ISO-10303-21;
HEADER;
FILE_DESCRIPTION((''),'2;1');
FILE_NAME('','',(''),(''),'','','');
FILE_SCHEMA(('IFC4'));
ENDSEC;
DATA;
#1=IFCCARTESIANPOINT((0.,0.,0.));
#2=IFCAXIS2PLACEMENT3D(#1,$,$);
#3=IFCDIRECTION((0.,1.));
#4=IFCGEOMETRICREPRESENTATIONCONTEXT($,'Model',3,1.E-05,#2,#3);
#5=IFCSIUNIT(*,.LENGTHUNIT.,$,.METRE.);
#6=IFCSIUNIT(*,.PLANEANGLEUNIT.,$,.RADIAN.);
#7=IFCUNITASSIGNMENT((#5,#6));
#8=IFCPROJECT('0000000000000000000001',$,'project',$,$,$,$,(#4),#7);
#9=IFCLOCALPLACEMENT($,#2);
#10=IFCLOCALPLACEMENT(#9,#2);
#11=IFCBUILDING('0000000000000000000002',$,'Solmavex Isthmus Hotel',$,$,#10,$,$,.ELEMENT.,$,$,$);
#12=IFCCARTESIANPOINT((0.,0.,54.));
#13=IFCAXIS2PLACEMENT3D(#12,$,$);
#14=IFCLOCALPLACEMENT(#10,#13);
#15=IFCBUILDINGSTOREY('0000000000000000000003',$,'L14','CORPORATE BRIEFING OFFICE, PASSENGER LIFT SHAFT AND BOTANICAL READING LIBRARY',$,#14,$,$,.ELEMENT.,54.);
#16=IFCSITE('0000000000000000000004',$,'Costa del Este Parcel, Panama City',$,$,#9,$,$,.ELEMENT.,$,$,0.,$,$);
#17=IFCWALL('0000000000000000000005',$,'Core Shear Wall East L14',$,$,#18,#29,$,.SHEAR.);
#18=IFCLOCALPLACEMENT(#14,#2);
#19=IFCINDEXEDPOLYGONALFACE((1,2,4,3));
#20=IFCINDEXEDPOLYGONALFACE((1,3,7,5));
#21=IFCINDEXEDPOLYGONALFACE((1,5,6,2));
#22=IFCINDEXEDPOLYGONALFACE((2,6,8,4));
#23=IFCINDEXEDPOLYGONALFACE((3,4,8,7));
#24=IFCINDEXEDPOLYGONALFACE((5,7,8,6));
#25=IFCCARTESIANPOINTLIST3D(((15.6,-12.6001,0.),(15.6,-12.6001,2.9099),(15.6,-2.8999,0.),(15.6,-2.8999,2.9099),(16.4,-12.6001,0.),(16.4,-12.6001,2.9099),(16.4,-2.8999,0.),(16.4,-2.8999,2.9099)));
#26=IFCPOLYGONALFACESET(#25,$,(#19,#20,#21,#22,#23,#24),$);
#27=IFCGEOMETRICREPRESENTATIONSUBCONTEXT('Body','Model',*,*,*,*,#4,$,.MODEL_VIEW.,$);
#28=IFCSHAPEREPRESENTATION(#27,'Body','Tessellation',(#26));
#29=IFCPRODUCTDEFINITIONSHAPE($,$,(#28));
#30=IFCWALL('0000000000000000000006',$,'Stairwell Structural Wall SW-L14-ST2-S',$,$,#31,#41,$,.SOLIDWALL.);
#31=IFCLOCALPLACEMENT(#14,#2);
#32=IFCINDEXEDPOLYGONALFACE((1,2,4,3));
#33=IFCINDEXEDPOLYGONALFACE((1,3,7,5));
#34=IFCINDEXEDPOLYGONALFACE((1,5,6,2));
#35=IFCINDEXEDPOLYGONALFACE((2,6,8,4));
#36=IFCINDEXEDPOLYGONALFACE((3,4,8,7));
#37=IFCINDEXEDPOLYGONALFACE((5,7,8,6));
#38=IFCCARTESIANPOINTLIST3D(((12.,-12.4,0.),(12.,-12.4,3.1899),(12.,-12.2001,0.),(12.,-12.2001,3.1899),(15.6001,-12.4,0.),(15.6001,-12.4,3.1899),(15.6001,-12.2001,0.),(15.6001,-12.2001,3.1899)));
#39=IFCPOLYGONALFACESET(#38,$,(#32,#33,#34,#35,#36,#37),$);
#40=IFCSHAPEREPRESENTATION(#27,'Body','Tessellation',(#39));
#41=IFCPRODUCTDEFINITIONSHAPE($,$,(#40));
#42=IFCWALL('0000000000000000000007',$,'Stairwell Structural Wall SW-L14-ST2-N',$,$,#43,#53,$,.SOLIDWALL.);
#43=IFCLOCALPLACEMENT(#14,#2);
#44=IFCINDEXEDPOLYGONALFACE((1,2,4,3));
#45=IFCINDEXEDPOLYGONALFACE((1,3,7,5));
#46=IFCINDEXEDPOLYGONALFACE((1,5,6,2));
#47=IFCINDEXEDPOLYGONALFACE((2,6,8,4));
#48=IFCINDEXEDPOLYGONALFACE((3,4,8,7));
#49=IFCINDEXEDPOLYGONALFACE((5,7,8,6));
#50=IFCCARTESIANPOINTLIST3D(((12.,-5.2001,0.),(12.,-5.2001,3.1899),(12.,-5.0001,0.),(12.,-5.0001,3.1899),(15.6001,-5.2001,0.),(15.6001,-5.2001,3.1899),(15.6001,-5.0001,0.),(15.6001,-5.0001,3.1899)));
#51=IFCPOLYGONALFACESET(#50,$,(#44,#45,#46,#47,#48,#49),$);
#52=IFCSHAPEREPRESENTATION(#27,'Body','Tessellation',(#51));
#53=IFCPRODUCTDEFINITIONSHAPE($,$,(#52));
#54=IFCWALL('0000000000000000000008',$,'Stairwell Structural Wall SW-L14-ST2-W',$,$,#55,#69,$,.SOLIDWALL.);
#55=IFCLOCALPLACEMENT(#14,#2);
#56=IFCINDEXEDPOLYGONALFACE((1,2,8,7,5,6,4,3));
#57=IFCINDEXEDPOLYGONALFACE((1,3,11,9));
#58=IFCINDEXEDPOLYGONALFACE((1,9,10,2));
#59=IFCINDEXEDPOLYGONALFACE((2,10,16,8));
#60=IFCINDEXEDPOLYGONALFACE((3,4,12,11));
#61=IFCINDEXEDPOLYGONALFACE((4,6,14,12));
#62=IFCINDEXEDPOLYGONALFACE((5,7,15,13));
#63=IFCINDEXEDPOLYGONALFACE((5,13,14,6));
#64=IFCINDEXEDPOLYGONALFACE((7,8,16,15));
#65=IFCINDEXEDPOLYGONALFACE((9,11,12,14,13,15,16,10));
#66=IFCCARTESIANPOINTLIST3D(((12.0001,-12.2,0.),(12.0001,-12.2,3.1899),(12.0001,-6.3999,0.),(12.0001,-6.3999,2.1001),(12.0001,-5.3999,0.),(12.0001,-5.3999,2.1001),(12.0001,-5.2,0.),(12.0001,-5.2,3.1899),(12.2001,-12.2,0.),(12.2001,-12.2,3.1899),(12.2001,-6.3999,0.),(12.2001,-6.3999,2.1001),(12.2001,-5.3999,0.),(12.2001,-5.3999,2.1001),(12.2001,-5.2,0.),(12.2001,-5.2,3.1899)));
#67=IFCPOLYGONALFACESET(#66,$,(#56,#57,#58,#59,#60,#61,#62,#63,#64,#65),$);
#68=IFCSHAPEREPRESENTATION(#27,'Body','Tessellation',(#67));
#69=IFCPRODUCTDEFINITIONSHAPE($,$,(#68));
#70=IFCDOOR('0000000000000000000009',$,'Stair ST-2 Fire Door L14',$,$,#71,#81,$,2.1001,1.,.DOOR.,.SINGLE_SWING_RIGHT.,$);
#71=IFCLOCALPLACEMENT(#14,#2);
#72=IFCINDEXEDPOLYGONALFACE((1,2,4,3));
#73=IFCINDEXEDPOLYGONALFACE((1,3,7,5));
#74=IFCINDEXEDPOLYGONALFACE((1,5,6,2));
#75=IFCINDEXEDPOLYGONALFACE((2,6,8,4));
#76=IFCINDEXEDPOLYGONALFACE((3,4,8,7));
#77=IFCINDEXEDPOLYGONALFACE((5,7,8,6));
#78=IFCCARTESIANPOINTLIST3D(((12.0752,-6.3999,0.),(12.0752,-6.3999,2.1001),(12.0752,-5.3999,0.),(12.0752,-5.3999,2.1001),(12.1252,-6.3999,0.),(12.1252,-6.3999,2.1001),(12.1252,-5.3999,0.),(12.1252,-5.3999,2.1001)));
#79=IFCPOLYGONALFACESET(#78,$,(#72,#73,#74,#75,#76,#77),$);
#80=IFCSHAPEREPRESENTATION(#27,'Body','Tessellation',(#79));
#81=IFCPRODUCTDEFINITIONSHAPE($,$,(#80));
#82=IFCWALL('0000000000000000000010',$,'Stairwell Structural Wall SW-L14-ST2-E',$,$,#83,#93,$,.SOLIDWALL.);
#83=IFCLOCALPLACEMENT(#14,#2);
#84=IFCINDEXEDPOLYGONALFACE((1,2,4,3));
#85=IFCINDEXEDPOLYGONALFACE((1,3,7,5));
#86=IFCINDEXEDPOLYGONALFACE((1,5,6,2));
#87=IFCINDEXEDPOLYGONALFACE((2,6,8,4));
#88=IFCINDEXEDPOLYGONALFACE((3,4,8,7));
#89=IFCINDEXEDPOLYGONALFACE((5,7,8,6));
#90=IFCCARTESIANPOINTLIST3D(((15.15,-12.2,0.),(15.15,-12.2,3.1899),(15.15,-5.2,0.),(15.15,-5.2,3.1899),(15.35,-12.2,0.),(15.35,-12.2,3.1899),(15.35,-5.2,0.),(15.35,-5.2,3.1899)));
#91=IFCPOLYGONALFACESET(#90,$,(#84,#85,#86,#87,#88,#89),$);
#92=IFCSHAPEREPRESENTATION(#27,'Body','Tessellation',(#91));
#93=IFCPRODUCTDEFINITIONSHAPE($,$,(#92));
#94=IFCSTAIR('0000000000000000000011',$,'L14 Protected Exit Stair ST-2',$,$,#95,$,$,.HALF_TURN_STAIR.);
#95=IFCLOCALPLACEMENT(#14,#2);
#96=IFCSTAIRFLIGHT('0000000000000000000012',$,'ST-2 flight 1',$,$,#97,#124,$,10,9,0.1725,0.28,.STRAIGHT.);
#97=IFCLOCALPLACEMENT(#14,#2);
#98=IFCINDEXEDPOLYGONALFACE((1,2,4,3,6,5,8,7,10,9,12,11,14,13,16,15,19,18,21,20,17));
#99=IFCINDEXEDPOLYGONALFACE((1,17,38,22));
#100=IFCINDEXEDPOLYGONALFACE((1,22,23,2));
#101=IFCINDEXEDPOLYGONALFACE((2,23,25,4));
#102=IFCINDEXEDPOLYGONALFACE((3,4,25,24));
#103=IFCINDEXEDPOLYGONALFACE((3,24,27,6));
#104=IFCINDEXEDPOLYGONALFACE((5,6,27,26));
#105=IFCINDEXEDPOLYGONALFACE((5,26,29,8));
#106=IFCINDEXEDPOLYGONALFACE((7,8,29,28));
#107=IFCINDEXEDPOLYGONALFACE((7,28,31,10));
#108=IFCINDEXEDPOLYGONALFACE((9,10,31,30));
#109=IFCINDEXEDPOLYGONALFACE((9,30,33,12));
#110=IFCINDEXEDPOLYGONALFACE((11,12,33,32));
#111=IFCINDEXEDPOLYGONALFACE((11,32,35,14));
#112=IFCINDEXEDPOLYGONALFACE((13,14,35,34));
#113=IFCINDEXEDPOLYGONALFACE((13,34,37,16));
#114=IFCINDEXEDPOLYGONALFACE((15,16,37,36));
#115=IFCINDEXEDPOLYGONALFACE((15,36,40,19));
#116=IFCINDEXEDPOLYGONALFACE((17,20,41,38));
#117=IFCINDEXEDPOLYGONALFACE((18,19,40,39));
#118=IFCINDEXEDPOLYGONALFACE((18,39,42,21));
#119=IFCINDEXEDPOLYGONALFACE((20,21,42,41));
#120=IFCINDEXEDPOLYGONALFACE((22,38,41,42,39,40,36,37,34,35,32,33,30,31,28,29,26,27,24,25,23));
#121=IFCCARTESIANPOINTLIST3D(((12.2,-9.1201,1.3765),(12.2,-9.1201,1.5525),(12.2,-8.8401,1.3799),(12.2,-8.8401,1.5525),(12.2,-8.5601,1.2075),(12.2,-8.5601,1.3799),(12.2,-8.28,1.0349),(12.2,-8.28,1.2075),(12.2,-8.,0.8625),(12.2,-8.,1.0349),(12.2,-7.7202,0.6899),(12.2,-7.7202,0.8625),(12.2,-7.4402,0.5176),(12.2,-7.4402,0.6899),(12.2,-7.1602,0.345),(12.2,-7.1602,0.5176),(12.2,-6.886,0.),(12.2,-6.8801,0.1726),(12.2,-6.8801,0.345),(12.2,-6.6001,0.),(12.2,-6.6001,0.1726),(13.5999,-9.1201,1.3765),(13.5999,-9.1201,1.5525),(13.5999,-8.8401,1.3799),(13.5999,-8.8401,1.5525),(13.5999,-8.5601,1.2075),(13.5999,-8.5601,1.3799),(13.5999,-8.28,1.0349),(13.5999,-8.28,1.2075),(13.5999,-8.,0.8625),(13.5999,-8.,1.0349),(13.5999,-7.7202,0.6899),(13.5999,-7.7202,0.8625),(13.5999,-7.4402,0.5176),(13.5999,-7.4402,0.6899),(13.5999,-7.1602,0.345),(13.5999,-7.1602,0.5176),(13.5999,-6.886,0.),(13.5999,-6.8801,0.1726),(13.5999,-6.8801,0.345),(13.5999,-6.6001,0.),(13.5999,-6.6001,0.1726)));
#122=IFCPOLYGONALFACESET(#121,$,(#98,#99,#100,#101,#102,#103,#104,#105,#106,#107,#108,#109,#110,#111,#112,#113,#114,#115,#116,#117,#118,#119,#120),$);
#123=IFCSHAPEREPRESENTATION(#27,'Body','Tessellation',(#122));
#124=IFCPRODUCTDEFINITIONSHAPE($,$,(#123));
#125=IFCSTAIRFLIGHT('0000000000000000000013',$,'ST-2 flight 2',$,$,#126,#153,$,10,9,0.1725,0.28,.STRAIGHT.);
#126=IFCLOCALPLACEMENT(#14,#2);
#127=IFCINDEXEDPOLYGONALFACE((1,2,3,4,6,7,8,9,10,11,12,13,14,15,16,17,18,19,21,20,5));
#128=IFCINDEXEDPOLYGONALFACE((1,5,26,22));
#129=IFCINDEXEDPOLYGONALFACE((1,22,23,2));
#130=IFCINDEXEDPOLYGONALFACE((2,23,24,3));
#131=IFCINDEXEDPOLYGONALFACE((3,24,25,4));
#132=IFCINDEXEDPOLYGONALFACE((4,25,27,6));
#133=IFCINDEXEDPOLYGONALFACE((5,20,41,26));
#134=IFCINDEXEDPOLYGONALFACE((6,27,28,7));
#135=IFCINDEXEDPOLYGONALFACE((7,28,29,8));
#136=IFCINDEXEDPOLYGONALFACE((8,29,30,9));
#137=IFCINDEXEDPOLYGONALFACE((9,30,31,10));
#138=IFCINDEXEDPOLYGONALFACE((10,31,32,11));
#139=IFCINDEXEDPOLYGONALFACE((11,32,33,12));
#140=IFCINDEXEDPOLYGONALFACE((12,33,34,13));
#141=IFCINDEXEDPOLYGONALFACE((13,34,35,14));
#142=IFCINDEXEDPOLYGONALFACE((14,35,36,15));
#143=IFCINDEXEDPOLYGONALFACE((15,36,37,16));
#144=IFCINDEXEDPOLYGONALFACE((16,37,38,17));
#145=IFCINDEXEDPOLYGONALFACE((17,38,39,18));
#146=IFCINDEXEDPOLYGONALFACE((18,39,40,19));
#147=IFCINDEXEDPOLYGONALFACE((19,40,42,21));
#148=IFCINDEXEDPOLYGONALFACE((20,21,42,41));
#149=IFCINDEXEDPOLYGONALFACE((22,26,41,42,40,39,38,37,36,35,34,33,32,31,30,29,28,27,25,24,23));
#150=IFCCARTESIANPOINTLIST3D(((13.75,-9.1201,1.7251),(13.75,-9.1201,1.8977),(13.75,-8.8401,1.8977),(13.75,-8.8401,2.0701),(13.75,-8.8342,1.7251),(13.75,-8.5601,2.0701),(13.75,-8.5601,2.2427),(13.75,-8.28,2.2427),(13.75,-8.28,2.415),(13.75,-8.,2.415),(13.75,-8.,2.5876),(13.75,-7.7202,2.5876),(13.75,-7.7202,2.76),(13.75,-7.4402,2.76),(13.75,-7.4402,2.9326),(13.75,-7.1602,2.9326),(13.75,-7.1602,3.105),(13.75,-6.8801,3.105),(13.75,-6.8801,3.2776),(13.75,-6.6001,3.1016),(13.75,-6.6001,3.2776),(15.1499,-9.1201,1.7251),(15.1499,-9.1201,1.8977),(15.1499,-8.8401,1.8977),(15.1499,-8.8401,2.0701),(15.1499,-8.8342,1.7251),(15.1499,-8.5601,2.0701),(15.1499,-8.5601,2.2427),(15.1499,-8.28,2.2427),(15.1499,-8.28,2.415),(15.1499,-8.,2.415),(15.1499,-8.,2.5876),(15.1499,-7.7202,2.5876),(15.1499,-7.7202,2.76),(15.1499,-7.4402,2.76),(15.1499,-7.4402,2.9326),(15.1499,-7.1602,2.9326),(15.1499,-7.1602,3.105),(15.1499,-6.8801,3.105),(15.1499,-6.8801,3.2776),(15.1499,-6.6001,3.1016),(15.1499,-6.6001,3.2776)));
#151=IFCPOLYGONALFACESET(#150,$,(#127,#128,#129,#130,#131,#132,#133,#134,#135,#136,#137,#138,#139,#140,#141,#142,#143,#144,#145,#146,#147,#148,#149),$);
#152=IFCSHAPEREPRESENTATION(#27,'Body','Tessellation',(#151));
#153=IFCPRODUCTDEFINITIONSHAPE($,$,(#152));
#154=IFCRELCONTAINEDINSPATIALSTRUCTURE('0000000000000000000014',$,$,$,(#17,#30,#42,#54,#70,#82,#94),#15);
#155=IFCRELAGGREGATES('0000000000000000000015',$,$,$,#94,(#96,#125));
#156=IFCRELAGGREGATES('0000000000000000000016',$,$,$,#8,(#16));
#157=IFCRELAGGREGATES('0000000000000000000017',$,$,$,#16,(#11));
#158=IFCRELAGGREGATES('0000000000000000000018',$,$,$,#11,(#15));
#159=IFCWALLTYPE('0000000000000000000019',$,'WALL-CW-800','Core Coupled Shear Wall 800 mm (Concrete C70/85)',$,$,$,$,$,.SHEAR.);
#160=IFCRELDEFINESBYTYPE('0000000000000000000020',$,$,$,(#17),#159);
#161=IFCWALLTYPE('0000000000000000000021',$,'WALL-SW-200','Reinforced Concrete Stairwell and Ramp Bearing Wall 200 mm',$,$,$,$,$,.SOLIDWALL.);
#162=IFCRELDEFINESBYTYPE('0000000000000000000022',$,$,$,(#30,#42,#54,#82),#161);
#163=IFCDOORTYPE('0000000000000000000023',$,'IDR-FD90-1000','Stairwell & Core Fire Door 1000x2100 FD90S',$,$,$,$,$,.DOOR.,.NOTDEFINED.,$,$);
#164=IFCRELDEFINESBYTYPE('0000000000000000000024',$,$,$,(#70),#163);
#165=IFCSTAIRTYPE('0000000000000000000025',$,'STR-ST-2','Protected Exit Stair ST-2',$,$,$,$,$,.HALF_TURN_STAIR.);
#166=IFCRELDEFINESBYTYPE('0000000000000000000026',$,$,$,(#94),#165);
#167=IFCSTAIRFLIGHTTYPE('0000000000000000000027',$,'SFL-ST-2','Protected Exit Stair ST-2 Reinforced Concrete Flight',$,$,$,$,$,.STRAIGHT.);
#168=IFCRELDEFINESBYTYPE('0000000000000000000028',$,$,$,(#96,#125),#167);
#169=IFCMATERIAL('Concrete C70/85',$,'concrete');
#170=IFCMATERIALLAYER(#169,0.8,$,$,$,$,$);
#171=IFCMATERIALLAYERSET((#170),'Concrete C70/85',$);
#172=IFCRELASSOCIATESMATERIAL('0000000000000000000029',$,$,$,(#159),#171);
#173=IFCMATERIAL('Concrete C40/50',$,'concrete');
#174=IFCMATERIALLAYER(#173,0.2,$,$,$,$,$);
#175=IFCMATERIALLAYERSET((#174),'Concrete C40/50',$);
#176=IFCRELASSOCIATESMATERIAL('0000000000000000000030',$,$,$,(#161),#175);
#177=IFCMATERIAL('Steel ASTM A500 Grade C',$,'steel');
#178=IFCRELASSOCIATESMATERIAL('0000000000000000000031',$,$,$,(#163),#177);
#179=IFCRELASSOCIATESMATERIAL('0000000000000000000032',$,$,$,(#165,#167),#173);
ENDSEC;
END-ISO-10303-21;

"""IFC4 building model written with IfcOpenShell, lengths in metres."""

from ifc_helpers import new_model, si_unit, direction, frame, frame_2d, origin, place, context, subcontext, project, spatial, polyline, rectangle, outline, extrude, material, layer, layer_set, type_object, element, fill, aggregate, save


model = new_model("IFC4")

# Units and contexts
model_context = context("Model", 3, precision=1e-05, world=origin(), true_north=direction((0.0, 1.0)))
body_context = subcontext(model_context, "Body", "Model", "MODEL_VIEW")
ifc_project = project(units=[si_unit("LENGTHUNIT", "METRE"), si_unit("PLANEANGLEUNIT", "RADIAN")], contexts=[model_context])

# Site, building, storey
site_placement = place(None, origin())
site = spatial("IfcSite", under=ifc_project, at=site_placement, Name="Costa del Este Parcel, Panama City", CompositionType="ELEMENT", RefElevation=0.0)
building_placement = place(site_placement, origin())
building = spatial("IfcBuilding", under=site, at=building_placement, Name="Solmavex Isthmus Hotel", CompositionType="ELEMENT")
storey_placement = place(building_placement, frame((0.0, 0.0, 54.0)))
storey = spatial("IfcBuildingStorey", under=building, at=storey_placement, Name="L14", Description="CORPORATE BRIEFING OFFICE, PASSENGER LIFT SHAFT AND BOTANICAL READING LIBRARY", CompositionType="ELEMENT", Elevation=54.0)

# Shared definitions
ifc_material_1 = material(Name="Concrete C70/85", Category="concrete")

# Shared definitions
ifc_material_2 = material(Name="Concrete C40/50", Category="concrete")
ifc_material_3 = material(Name="Steel ASTM A500 Grade C", Category="steel")

# Walls
ifc_layer_1 = layer(ifc_material_1, 0.8)
ifc_layer_set_1 = layer_set([ifc_layer_1], Name="Concrete C70/85")
wall_type_1 = type_object("IfcWallType", Name="WALL-CW-800", Description="Core Coupled Shear Wall 800 mm (Concrete C70/85)", PredefinedType="SHEAR", material=ifc_layer_set_1)
wall_1_placement = place(storey_placement, frame((16.0, -12.6001, 0.0), z_axis=(0.0, 0.0, 1.0), x_axis=(0.0, 1.0, 0.0)))
element("IfcWall", 1, at=wall_1_placement, inside=storey, type_object=wall_type_1, Name="Core Shear Wall East L14", PredefinedType="SHEAR", context=body_context, shape_type="SweptSolid", body=[
    extrude(rectangle(XDim=9.7002, YDim=0.8, at=frame_2d((4.8501, 0.0))), origin(), (0.0, 0.0, 1.0), 2.9099),
])
ifc_layer_2 = layer(ifc_material_2, 0.2)
ifc_layer_set_2 = layer_set([ifc_layer_2], Name="Concrete C40/50")
wall_type_2 = type_object("IfcWallType", Name="WALL-SW-200", Description="Reinforced Concrete Stairwell and Ramp Bearing Wall 200 mm", PredefinedType="SOLIDWALL", material=ifc_layer_set_2)
for number, where, z_axis, x_axis, name in (
    (2, (12.0, -12.3, 0.0), (0.0, 0.0, 1.0), (1.0, 0.0, 0.0), "Stairwell Structural Wall SW-L14-ST2-S"),
    (3, (12.0, -5.1001, 0.0), (0.0, 0.0, 1.0), (1.0, 0.0, 0.0), "Stairwell Structural Wall SW-L14-ST2-N"),
):
    element("IfcWall", number, at=place(storey_placement, frame(where, z_axis=z_axis, x_axis=x_axis)), inside=storey, type_object=wall_type_2, Name=name, PredefinedType="SOLIDWALL", context=body_context, shape_type="SweptSolid", body=[
        extrude(rectangle(XDim=3.6001, YDim=0.2, at=frame_2d((1.8, 0.0))), origin(), (0.0, 0.0, 1.0), 3.1899),
    ])

# Wall, opening, door
wall_2_placement = place(storey_placement, frame((12.1001, -12.2, 0.0), z_axis=(0.0, 0.0, 1.0), x_axis=(0.0, 1.0, 0.0)))
wall_2 = element("IfcWall", 4, at=wall_2_placement, inside=storey, type_object=wall_type_2, Name="Stairwell Structural Wall SW-L14-ST2-W", PredefinedType="SOLIDWALL", context=body_context, shape_type="SweptSolid", body=[
    extrude(rectangle(XDim=7.0, YDim=0.2, at=frame_2d((3.5, 0.0))), origin(), (0.0, 0.0, 1.0), 3.1899),
])
opening_1_placement = place(wall_2_placement, frame((5.8, 0.0, 0.0)))
opening_1 = element("IfcOpeningElement", 5, at=opening_1_placement, cuts=wall_2, PredefinedType="OPENING", context=body_context, shape_type="SweptSolid", body=[
    extrude(rectangle(XDim=1.0, YDim=2.1001, at=frame_2d((0.5, 1.05))), frame((0.0, 0.1099, 0.0), z_axis=(0.0, -1.0, 0.0), x_axis=(1.0, 0.0, 0.0)), (0.0, 0.0, 1.0), 0.22),
])
door_type_1 = type_object("IfcDoorType", Name="IDR-FD90-1000", Description="Stairwell & Core Fire Door 1000x2100 FD90S", OperationType="NOTDEFINED", PredefinedType="DOOR", material=ifc_material_3)
door_1_placement = place(opening_1_placement, origin())
door_1 = element("IfcDoor", 6, at=door_1_placement, inside=storey, type_object=door_type_1, Name="Stair ST-2 Fire Door L14", OperationType="SINGLE_SWING_RIGHT", OverallHeight=2.1001, OverallWidth=1.0, PredefinedType="DOOR", context=body_context, shape_type="SweptSolid", body=[
    extrude(rectangle(XDim=1.0, YDim=2.1001, at=frame_2d((0.5, 1.05))), frame((0.0, 0.0249, 0.0), z_axis=(0.0, -1.0, 0.0), x_axis=(1.0, 0.0, 0.0)), (0.0, 0.0, 1.0), 0.05),
])
fill(opening_1, door_1)

# Wall
wall_3_placement = place(storey_placement, frame((15.25, -12.2, 0.0), z_axis=(0.0, 0.0, 1.0), x_axis=(0.0, 1.0, 0.0)))
element("IfcWall", 7, at=wall_3_placement, inside=storey, type_object=wall_type_2, Name="Stairwell Structural Wall SW-L14-ST2-E", PredefinedType="SOLIDWALL", context=body_context, shape_type="SweptSolid", body=[
    extrude(rectangle(XDim=7.0, YDim=0.2, at=frame_2d((3.5, 0.0))), origin(), (0.0, 0.0, 1.0), 3.1899),
])

# Stair, stair flights
stair_type = type_object("IfcStairType", Name="STR-ST-2", Description="Protected Exit Stair ST-2", PredefinedType="HALF_TURN_STAIR", material=ifc_material_2)
stair_placement = place(storey_placement, origin())
stair = element("IfcStair", 8, at=stair_placement, inside=storey, type_object=stair_type, Name="L14 Protected Exit Stair ST-2", PredefinedType="HALF_TURN_STAIR")
stair_flight_type = type_object("IfcStairFlightType", Name="SFL-ST-2", Description="Protected Exit Stair ST-2 Reinforced Concrete Flight", PredefinedType="STRAIGHT", material=ifc_material_2)
stair_flight_1_placement = place(storey_placement, frame((12.8999, -6.6001, 0.0), z_axis=(0.0, 0.0, 1.0), x_axis=(0.0, -1.0, 0.0)))
stair_flight_1 = element("IfcStairFlight", 9, at=stair_flight_1_placement, type_object=stair_flight_type, Name="ST-2 flight 1", NumberOfRisers=10, NumberOfTreads=9, PredefinedType="STRAIGHT", RiserHeight=0.1725, TreadLength=0.28, context=body_context, shape_type="SweptSolid", body=[
    extrude(outline(polyline([(0.0, 0.0), (0.0, 0.1726), (0.28, 0.1726), (0.28, 0.345), (0.5601, 0.345), (0.5601, 0.5176), (0.8401, 0.5176), (0.8401, 0.6899), (1.1201, 0.6899), (1.1201, 0.8625), (1.3999, 0.8625), (1.3999, 1.0349), (1.6799, 1.0349), (1.6799, 1.2075), (1.96, 1.2075), (1.96, 1.3799), (2.24, 1.3799), (2.24, 1.5525), (2.52, 1.5525), (2.52, 1.7251), (2.52, 1.3765), (0.2859, 0.0), (0.0, 0.0)])), frame((0.0, 0.7, 0.0), z_axis=(0.0, -1.0, 0.0), x_axis=(1.0, 0.0, 0.0)), (0.0, 0.0, 1.0), 1.3999),
])
stair_flight_2_placement = place(storey_placement, frame((14.45, -9.1201, 1.7251), z_axis=(0.0, 0.0, 1.0), x_axis=(0.0, 1.0, 0.0)))
stair_flight_2 = element("IfcStairFlight", 10, at=stair_flight_2_placement, type_object=stair_flight_type, Name="ST-2 flight 2", NumberOfRisers=10, NumberOfTreads=9, PredefinedType="STRAIGHT", RiserHeight=0.1725, TreadLength=0.28, context=body_context, shape_type="SweptSolid", body=[
    extrude(outline(polyline([(0.0, 0.0), (0.0, 0.1726), (0.28, 0.1726), (0.28, 0.345), (0.5601, 0.345), (0.5601, 0.5176), (0.8401, 0.5176), (0.8401, 0.6899), (1.1201, 0.6899), (1.1201, 0.8625), (1.3999, 0.8625), (1.3999, 1.0349), (1.6799, 1.0349), (1.6799, 1.2075), (1.96, 1.2075), (1.96, 1.3799), (2.24, 1.3799), (2.24, 1.5525), (2.52, 1.5525), (2.52, 1.7251), (2.52, 1.3765), (0.2859, 0.0), (0.0, 0.0)])), frame((0.0, 0.7, 0.0), z_axis=(0.0, -1.0, 0.0), x_axis=(1.0, 0.0, 0.0)), (0.0, 0.0, 1.0), 1.3999),
])
aggregate(stair, [stair_flight_1, stair_flight_2])

save(model, "model.ifc")
